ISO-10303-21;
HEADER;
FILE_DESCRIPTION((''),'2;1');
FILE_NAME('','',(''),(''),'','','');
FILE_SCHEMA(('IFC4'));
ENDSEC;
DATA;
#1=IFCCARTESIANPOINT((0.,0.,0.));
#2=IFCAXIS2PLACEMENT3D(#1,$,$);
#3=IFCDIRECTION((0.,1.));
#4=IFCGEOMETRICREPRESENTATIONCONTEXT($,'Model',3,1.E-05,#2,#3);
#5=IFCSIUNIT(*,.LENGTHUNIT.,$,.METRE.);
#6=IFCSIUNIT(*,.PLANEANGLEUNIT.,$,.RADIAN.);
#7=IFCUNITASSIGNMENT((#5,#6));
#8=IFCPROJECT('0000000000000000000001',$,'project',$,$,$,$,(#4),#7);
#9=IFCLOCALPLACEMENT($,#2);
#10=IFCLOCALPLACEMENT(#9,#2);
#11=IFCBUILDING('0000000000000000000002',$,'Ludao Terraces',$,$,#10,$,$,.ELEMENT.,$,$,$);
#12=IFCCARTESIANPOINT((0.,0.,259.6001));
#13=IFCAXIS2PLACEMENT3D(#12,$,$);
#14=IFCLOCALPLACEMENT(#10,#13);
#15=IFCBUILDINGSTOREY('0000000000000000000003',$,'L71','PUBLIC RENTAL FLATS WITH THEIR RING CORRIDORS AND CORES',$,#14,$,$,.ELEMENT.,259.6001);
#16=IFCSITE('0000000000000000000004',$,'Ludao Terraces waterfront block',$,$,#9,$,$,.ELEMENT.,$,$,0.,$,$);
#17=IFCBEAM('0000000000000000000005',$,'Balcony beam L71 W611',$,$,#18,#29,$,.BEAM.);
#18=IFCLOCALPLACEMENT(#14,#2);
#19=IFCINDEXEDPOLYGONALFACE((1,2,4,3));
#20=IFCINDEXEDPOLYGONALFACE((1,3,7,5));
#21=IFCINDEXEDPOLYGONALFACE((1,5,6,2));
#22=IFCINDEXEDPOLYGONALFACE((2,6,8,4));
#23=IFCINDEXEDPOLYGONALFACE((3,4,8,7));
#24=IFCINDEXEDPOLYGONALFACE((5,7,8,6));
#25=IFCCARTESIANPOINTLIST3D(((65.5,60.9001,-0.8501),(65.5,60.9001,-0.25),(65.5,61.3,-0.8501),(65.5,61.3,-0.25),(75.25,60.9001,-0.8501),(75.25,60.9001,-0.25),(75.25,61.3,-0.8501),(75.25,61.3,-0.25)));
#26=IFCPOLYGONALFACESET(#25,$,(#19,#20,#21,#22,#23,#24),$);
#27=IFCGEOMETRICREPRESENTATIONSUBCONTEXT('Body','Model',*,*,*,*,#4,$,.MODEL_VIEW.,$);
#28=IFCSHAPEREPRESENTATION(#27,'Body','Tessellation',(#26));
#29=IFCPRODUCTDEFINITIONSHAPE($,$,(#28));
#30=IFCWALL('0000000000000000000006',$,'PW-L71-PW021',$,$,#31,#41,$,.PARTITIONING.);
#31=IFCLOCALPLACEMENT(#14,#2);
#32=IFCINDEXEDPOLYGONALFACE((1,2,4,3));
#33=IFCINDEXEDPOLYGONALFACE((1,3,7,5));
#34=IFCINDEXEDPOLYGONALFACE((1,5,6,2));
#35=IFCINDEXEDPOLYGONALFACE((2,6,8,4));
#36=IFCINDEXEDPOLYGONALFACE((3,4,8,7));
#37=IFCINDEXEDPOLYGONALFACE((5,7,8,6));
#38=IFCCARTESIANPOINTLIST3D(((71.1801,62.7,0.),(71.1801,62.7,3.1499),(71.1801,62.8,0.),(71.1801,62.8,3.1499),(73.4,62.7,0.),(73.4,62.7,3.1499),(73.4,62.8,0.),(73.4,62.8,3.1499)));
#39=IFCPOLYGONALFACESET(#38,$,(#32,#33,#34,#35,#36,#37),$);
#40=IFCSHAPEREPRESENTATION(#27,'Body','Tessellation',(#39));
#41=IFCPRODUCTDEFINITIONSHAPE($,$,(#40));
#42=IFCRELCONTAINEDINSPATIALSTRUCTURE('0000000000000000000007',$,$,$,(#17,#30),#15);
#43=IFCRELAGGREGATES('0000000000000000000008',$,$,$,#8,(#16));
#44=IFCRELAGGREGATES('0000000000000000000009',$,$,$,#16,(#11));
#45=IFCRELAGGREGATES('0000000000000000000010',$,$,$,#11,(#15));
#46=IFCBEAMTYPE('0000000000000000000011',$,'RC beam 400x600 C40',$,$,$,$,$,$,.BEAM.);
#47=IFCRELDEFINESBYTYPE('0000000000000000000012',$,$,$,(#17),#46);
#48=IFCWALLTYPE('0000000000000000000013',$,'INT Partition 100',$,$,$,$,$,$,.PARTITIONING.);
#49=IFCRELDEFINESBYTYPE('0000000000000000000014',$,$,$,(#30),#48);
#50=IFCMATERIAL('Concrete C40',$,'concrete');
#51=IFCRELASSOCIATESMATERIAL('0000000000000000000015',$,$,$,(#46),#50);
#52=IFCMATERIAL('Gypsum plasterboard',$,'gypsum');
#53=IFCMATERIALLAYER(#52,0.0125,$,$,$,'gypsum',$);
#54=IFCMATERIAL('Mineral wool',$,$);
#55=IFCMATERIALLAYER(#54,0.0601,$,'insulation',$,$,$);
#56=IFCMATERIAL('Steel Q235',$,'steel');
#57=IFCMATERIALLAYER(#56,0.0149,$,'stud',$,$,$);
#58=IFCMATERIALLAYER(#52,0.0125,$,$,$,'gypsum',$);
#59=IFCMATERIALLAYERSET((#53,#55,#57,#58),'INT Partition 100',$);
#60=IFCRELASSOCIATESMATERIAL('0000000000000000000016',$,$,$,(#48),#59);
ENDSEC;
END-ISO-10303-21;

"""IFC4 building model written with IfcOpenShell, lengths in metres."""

from ifc_helpers import new_model, si_unit, direction, frame, frame_2d, origin, origin_2d, place, context, subcontext, project, spatial, rectangle, extrude, material, layer, layer_set, material_profile, profile_set, type_object, element, save


model = new_model("IFC4")

# Units and contexts
model_context = context("Model", 3, precision=1e-05, world=origin(), true_north=direction((0.0, 1.0)))
body_context = subcontext(model_context, "Body", "Model", "MODEL_VIEW")
ifc_project = project(units=[si_unit("LENGTHUNIT", "METRE"), si_unit("PLANEANGLEUNIT", "RADIAN")], contexts=[model_context])

# Site, building, storey
site_placement = place(None, origin())
site = spatial("IfcSite", under=ifc_project, at=site_placement, Name="Ludao Terraces waterfront block", CompositionType="ELEMENT", RefElevation=0.0)
building_placement = place(site_placement, origin())
building = spatial("IfcBuilding", under=site, at=building_placement, Name="Ludao Terraces", CompositionType="ELEMENT")
storey_placement = place(building_placement, frame((0.0, 0.0, 259.6001)))
storey = spatial("IfcBuildingStorey", under=building, at=storey_placement, Name="L71", Description="PUBLIC RENTAL FLATS WITH THEIR RING CORRIDORS AND CORES", CompositionType="ELEMENT", Elevation=259.6001)

# Beam
ifc_material_1 = material(Name="Concrete C40", Category="concrete")
ifc_material_profile = material_profile(ifc_material_1, rectangle(XDim=0.3999, YDim=0.6001, at=origin_2d()), Name="400 X 600")
ifc_profile_set = profile_set([ifc_material_profile], Name="Concrete C40")
beam_type = type_object("IfcBeamType", Name="RC beam 400x600 C40", PredefinedType="BEAM", material=ifc_profile_set)
beam_placement = place(storey_placement, frame((75.25, 61.1001, -0.55), z_axis=(-1.0, 0.0, 0.0), x_axis=(0.0, -1.0, 0.0)))
element("IfcBeam", 1, at=beam_placement, inside=storey, type_object=beam_type, Name="Balcony beam L71 W611", PredefinedType="BEAM", context=body_context, shape_type="SweptSolid", body=[
    extrude(rectangle(XDim=0.3999, YDim=0.6001, at=origin_2d()), origin(), (0.0, 0.0, 1.0), 9.75),
])

# Wall
ifc_material_2 = material(Name="Gypsum plasterboard", Category="gypsum")
ifc_layer_1 = layer(ifc_material_2, 0.0125, Category="gypsum")
ifc_material_3 = material(Name="Mineral wool")
ifc_layer_2 = layer(ifc_material_3, 0.0601, Name="insulation")
ifc_material_4 = material(Name="Steel Q235", Category="steel")
ifc_layer_3 = layer(ifc_material_4, 0.0149, Name="stud")
ifc_layer_4 = layer(ifc_material_2, 0.0125, Category="gypsum")
ifc_layer_set_1 = layer_set([ifc_layer_1, ifc_layer_2, ifc_layer_3, ifc_layer_4], Name="INT Partition 100")
wall_type_1 = type_object("IfcWallType", Name="INT Partition 100", PredefinedType="PARTITIONING", material=ifc_layer_set_1)
wall_1_placement = place(storey_placement, frame((71.1802, 62.75, 0.0), z_axis=(0.0, 0.0, 1.0), x_axis=(1.0, 0.0, 0.0)))
element("IfcWall", 2, at=wall_1_placement, inside=storey, type_object=wall_type_1, Name="PW-L71-PW021", PredefinedType="PARTITIONING", context=body_context, shape_type="SweptSolid", body=[
    extrude(rectangle(XDim=2.22, YDim=0.1001, at=frame_2d((1.1099, 0.0))), origin(), (0.0, 0.0, 1.0), 3.1499),
])

save(model, "model.ifc")
